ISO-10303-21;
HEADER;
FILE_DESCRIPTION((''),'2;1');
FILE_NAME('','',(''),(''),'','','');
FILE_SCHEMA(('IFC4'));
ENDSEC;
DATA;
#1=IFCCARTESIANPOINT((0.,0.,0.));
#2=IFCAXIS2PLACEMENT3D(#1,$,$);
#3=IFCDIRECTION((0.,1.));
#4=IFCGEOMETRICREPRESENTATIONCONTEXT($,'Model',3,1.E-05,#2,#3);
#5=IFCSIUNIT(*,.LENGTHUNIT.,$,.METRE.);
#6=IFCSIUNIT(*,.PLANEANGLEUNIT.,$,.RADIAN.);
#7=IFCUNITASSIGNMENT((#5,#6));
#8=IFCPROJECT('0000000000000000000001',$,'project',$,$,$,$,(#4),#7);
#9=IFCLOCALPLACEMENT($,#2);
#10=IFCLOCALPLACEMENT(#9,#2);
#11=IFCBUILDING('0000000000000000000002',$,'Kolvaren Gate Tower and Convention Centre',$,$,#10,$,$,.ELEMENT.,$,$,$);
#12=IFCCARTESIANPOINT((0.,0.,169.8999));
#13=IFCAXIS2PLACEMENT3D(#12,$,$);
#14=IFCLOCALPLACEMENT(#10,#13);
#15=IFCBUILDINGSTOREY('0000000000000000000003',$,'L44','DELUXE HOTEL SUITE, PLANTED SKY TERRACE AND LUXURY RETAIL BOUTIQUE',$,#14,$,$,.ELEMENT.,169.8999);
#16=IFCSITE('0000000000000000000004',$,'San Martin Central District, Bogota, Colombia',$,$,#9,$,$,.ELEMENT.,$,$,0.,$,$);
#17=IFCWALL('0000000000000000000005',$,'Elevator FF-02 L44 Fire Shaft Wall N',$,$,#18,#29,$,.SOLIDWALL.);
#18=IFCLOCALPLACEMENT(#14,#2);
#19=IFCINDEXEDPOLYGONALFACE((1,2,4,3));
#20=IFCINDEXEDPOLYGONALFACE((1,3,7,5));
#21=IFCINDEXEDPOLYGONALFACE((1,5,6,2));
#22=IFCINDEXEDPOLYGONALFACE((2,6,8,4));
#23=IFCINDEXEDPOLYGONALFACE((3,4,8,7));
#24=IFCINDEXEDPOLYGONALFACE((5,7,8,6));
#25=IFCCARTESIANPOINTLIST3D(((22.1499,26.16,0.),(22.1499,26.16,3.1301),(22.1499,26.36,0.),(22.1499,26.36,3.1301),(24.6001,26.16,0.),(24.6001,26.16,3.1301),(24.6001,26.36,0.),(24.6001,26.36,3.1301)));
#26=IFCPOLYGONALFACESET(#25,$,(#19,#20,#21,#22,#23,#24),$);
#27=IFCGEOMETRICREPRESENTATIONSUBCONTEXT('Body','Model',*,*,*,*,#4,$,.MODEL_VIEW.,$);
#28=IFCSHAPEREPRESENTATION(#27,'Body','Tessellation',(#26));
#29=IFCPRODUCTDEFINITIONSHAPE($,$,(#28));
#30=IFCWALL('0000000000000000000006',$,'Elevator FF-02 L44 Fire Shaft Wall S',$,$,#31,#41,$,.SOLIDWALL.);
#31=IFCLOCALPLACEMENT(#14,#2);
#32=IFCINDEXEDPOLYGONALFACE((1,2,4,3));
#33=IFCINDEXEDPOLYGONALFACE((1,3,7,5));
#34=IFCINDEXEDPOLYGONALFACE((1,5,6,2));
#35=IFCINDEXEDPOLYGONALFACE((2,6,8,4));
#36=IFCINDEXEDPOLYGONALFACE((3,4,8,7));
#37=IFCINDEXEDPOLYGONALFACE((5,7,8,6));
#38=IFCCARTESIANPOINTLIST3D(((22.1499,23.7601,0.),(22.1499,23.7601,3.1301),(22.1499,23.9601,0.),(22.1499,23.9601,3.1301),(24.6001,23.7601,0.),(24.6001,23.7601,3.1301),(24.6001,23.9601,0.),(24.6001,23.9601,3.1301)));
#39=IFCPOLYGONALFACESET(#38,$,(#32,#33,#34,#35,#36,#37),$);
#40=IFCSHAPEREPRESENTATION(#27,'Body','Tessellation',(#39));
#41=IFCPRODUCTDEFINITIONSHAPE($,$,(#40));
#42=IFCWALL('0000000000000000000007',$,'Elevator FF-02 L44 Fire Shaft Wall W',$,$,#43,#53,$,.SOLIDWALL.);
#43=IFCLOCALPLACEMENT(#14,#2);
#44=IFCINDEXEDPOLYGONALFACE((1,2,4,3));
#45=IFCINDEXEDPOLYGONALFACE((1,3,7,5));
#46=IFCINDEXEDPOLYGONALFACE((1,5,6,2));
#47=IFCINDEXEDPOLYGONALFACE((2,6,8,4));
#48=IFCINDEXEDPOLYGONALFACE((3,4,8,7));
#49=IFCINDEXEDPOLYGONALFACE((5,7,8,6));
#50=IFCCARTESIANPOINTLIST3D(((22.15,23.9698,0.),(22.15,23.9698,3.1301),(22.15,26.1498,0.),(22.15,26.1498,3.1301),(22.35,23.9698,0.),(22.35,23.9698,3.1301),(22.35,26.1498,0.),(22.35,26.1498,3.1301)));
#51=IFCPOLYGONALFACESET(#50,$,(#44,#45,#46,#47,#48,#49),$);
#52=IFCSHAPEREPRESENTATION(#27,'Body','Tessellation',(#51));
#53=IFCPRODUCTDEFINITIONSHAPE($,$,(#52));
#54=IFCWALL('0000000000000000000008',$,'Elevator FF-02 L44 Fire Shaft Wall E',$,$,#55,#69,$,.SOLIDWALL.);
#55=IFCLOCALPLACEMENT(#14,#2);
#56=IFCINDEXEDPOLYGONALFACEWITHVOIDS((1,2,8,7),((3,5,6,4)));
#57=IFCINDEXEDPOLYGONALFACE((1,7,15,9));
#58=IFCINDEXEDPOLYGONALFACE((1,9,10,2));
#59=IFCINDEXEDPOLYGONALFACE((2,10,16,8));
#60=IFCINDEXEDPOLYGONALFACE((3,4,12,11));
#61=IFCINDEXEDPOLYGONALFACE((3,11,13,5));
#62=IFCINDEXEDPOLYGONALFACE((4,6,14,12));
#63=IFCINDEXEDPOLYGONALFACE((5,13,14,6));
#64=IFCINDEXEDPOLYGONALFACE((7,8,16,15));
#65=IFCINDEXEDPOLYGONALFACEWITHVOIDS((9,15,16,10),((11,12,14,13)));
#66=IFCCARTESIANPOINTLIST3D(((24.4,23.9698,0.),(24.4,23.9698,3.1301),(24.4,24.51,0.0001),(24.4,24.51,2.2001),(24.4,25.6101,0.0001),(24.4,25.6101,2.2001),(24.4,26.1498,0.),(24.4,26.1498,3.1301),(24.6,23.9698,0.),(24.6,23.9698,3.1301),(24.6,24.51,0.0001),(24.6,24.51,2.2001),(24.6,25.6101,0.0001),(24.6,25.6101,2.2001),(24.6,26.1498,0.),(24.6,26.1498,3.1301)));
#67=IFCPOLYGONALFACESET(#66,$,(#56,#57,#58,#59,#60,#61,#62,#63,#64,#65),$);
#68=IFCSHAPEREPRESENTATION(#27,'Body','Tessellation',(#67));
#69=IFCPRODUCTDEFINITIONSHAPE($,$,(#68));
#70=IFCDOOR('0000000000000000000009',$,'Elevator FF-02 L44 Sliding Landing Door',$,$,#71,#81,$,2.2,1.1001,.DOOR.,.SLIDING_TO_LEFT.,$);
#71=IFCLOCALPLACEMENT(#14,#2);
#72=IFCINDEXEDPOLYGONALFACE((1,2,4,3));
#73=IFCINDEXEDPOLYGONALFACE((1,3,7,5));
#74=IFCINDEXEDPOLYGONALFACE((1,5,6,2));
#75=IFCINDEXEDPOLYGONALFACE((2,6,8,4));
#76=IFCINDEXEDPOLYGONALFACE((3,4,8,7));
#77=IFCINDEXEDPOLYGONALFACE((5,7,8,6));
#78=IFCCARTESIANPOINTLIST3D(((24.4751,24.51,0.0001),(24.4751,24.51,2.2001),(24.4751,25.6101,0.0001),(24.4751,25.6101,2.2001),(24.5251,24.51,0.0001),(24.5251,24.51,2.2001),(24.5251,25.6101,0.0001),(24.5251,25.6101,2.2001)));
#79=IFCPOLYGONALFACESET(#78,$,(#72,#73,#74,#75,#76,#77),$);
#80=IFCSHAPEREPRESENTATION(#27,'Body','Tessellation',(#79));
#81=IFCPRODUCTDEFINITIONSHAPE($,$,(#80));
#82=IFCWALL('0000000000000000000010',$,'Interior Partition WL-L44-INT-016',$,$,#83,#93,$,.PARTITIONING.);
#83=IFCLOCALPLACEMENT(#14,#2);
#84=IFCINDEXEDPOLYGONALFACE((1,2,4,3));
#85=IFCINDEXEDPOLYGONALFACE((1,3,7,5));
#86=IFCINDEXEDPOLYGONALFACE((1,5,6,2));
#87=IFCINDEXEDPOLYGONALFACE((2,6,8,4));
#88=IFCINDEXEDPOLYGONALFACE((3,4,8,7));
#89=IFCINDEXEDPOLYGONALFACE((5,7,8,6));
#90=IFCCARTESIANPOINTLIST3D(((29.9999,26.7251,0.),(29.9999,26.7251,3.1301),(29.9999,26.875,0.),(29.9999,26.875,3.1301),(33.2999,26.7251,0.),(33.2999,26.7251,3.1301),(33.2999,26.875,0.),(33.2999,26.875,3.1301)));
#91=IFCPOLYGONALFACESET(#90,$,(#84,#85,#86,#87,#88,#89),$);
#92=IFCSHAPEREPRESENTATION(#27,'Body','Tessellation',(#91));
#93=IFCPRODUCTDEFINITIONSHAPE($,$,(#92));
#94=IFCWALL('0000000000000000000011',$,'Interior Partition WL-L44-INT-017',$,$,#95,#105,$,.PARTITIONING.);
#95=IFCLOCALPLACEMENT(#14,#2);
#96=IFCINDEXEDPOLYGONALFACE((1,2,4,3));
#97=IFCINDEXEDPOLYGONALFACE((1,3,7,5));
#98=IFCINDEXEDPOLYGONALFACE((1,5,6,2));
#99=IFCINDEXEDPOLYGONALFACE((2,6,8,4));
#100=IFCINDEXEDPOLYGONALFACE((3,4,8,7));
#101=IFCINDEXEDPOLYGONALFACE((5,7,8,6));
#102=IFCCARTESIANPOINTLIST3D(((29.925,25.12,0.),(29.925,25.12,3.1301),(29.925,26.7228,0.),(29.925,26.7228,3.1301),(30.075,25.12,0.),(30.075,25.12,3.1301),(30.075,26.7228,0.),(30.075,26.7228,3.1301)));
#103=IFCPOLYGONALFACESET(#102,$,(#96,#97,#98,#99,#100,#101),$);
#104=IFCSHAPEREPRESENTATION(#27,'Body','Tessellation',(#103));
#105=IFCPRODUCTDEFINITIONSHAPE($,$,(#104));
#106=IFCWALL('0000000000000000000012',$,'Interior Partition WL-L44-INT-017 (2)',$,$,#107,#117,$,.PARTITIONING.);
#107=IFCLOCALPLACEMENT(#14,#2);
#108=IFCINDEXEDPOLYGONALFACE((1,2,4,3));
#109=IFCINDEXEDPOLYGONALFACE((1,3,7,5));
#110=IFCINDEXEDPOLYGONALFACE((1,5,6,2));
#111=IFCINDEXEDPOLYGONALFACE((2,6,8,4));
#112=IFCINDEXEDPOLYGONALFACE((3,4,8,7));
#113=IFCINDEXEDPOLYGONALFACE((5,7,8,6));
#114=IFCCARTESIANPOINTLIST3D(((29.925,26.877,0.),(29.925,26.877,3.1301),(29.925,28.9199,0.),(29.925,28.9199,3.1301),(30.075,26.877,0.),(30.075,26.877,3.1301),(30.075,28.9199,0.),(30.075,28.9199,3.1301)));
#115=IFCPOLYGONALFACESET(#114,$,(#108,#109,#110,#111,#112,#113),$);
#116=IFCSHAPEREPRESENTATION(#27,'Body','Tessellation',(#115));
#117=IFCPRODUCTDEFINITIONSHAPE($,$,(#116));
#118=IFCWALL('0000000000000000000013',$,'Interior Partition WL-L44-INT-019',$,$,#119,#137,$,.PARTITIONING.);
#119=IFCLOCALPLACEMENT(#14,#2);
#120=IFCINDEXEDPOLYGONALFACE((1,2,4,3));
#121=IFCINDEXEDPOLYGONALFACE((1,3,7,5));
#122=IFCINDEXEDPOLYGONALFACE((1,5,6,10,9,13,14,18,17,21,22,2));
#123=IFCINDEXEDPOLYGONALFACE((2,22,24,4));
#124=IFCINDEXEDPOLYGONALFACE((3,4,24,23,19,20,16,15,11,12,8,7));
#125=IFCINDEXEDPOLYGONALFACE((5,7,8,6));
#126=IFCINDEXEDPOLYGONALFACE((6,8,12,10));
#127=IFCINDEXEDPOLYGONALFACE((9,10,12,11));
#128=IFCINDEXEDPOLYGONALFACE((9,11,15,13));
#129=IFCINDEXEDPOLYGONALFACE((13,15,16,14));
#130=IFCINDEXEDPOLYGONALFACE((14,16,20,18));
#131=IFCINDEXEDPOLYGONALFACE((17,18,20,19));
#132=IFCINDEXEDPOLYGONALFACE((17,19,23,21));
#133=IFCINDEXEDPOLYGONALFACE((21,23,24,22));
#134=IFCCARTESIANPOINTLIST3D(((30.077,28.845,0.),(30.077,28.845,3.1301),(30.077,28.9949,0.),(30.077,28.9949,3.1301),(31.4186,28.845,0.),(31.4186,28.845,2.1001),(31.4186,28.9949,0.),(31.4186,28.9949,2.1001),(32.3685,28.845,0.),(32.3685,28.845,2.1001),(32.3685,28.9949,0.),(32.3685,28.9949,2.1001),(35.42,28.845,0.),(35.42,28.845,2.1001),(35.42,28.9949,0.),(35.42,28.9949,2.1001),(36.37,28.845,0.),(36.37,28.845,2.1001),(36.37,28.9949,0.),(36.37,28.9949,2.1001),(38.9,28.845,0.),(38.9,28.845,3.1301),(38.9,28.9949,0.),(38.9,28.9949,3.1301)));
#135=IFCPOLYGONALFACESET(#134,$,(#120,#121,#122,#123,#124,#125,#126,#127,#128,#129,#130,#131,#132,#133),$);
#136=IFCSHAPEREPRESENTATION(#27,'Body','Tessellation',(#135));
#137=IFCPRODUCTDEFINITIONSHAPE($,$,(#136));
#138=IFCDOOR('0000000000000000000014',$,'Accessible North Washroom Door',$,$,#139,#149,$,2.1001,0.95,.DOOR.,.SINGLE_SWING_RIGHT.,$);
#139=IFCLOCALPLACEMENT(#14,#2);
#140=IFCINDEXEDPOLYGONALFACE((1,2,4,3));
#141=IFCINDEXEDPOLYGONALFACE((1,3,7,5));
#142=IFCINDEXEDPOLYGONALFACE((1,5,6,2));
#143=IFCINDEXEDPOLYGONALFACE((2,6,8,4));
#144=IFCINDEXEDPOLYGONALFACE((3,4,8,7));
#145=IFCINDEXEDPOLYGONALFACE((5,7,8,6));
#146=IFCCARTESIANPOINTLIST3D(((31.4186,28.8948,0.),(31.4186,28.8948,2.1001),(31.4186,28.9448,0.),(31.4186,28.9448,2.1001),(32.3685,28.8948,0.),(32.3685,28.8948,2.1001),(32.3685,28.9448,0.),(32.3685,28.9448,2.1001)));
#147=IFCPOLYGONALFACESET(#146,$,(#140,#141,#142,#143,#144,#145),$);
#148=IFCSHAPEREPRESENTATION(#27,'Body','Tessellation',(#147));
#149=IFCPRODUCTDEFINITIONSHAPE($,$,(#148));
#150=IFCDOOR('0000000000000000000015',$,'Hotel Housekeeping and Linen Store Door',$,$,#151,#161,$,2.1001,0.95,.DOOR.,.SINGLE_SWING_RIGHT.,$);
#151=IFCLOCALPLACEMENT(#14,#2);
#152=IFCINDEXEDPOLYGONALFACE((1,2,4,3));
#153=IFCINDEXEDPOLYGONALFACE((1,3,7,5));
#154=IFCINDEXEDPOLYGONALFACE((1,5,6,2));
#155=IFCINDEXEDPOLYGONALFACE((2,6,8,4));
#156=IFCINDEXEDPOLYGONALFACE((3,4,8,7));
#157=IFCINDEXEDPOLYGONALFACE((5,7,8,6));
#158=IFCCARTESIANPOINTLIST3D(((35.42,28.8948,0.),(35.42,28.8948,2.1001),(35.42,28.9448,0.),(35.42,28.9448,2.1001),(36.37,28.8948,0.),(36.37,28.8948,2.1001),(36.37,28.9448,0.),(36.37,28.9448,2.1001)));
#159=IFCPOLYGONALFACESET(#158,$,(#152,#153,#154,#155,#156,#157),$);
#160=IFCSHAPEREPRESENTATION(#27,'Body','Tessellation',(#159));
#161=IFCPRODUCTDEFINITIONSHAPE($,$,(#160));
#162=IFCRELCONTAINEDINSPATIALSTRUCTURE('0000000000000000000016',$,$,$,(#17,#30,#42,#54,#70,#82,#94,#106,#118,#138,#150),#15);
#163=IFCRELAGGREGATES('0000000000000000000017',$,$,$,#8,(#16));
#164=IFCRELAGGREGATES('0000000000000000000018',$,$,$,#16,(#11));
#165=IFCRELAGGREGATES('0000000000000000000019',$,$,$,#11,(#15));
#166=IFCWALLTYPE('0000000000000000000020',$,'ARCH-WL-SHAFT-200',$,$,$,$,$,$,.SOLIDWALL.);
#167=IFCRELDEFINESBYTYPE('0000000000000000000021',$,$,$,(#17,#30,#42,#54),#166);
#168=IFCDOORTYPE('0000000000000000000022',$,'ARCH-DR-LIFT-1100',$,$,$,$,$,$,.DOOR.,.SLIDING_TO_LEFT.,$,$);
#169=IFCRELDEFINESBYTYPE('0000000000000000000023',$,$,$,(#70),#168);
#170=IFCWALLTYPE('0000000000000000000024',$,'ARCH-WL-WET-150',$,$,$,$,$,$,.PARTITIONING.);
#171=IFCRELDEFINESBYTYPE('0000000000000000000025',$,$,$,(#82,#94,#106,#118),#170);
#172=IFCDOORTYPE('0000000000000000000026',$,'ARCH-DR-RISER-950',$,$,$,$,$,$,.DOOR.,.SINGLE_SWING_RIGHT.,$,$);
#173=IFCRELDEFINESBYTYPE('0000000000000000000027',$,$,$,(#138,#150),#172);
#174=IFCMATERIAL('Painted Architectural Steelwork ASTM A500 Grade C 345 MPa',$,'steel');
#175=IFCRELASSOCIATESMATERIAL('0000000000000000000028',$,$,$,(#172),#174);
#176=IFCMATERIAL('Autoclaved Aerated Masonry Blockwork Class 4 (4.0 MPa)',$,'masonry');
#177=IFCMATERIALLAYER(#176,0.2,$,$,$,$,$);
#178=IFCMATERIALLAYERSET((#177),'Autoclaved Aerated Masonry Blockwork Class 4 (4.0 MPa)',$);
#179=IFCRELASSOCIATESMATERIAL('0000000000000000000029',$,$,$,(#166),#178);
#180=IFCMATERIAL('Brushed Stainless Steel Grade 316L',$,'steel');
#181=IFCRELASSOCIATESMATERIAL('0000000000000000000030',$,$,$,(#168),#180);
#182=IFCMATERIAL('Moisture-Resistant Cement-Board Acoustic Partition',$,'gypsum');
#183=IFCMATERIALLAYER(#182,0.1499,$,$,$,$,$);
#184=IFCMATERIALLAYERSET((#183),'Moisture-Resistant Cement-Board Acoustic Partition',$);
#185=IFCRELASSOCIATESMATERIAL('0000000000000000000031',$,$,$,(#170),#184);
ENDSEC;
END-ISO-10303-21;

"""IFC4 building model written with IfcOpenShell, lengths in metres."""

from ifc_helpers import new_model, si_unit, direction, frame, frame_2d, origin, place, context, subcontext, project, spatial, rectangle, extrude, material, layer, layer_set, type_object, element, fill, save


model = new_model("IFC4")

# Units and contexts
model_context = context("Model", 3, precision=1e-05, world=origin(), true_north=direction((0.0, 1.0)))
body_context = subcontext(model_context, "Body", "Model", "MODEL_VIEW")
ifc_project = project(units=[si_unit("LENGTHUNIT", "METRE"), si_unit("PLANEANGLEUNIT", "RADIAN")], contexts=[model_context])

# Site, building, storey
site_placement = place(None, origin())
site = spatial("IfcSite", under=ifc_project, at=site_placement, Name="San Martin Central District, Bogota, Colombia", CompositionType="ELEMENT", RefElevation=0.0)
building_placement = place(site_placement, origin())
building = spatial("IfcBuilding", under=site, at=building_placement, Name="Kolvaren Gate Tower and Convention Centre", CompositionType="ELEMENT")
storey_placement = place(building_placement, frame((0.0, 0.0, 169.8999)))
storey = spatial("IfcBuildingStorey", under=building, at=storey_placement, Name="L44", Description="DELUXE HOTEL SUITE, PLANTED SKY TERRACE AND LUXURY RETAIL BOUTIQUE", CompositionType="ELEMENT", Elevation=169.8999)

# Shared definitions
ifc_material_1 = material(Name="Autoclaved Aerated Masonry Blockwork Class 4 (4.0 MPa)", Category="masonry")

# Shared definitions
ifc_material_2 = material(Name="Painted Architectural Steelwork ASTM A500 Grade C 345 MPa", Category="steel")
door_type_1 = type_object("IfcDoorType", Name="ARCH-DR-RISER-950", OperationType="SINGLE_SWING_RIGHT", PredefinedType="DOOR", material=ifc_material_2)

# Shared definitions
ifc_layer_1 = layer(ifc_material_1, 0.2)
ifc_layer_set_1 = layer_set([ifc_layer_1], Name="Autoclaved Aerated Masonry Blockwork Class 4 (4.0 MPa)")
wall_type_1 = type_object("IfcWallType", Name="ARCH-WL-SHAFT-200", PredefinedType="SOLIDWALL", material=ifc_layer_set_1)

# Shared definitions
ifc_material_3 = material(Name="Brushed Stainless Steel Grade 316L", Category="steel")
door_type_2 = type_object("IfcDoorType", Name="ARCH-DR-LIFT-1100", OperationType="SLIDING_TO_LEFT", PredefinedType="DOOR", material=ifc_material_3)

# Walls
for number, where, z_axis, x_axis, name in (
    (1, (22.1499, 26.26, 0.0), (0.0, 0.0, 1.0), (1.0, 0.0, 0.0), "Elevator FF-02 L44 Fire Shaft Wall N"),
    (2, (22.1499, 23.8601, 0.0), (0.0, 0.0, 1.0), (1.0, 0.0, 0.0), "Elevator FF-02 L44 Fire Shaft Wall S"),
):
    element("IfcWall", number, at=place(storey_placement, frame(where, z_axis=z_axis, x_axis=x_axis)), inside=storey, type_object=wall_type_1, Name=name, PredefinedType="SOLIDWALL", context=body_context, shape_type="SweptSolid", body=[
        extrude(rectangle(XDim=2.4502, YDim=0.2, at=frame_2d((1.2251, 0.0))), origin(), (0.0, 0.0, 1.0), 3.1301),
    ])
wall_1_placement = place(storey_placement, frame((22.25, 23.97, 0.0), z_axis=(0.0, 0.0, 1.0), x_axis=(0.0, 1.0, 0.0)))
element("IfcWall", 3, at=wall_1_placement, inside=storey, type_object=wall_type_1, Name="Elevator FF-02 L44 Fire Shaft Wall W", PredefinedType="SOLIDWALL", context=body_context, shape_type="SweptSolid", body=[
    extrude(rectangle(XDim=2.1799, YDim=0.2, at=frame_2d((1.0898, 0.0))), origin(), (0.0, 0.0, 1.0), 3.1301),
])

# Wall, opening, door
wall_2_placement = place(storey_placement, frame((24.5, 23.97, 0.0), z_axis=(0.0, 0.0, 1.0), x_axis=(0.0, 1.0, 0.0)))
wall_2 = element("IfcWall", 4, at=wall_2_placement, inside=storey, type_object=wall_type_1, Name="Elevator FF-02 L44 Fire Shaft Wall E", PredefinedType="SOLIDWALL", context=body_context, shape_type="SweptSolid", body=[
    extrude(rectangle(XDim=2.1799, YDim=0.2, at=frame_2d((1.0898, 0.0))), origin(), (0.0, 0.0, 1.0), 3.1301),
])
opening_1_placement = place(wall_2_placement, frame((0.54, 0.0, 0.0)))
opening_1 = element("IfcOpeningElement", 5, at=opening_1_placement, cuts=wall_2, PredefinedType="OPENING", context=body_context, shape_type="SweptSolid", body=[
    extrude(rectangle(XDim=1.1001, YDim=2.2, at=frame_2d((0.55, 1.1001))), frame((0.0, 0.1099, 0.0), z_axis=(0.0, -1.0, 0.0), x_axis=(1.0, 0.0, 0.0)), (0.0, 0.0, 1.0), 0.22),
])
door_1_placement = place(opening_1_placement, origin())
door_1 = element("IfcDoor", 6, at=door_1_placement, inside=storey, type_object=door_type_2, Name="Elevator FF-02 L44 Sliding Landing Door", OperationType="SLIDING_TO_LEFT", OverallHeight=2.2, OverallWidth=1.1001, PredefinedType="DOOR", context=body_context, shape_type="SweptSolid", body=[
    extrude(rectangle(XDim=1.1001, YDim=2.2, at=frame_2d((0.55, 1.1001))), frame((0.0, 0.0249, 0.0), z_axis=(0.0, -1.0, 0.0), x_axis=(1.0, 0.0, 0.0)), (0.0, 0.0, 1.0), 0.05),
])
fill(opening_1, door_1)

# Walls
ifc_material_4 = material(Name="Moisture-Resistant Cement-Board Acoustic Partition", Category="gypsum")
ifc_layer_2 = layer(ifc_material_4, 0.1499)
ifc_layer_set_2 = layer_set([ifc_layer_2], Name="Moisture-Resistant Cement-Board Acoustic Partition")
wall_type_2 = type_object("IfcWallType", Name="ARCH-WL-WET-150", PredefinedType="PARTITIONING", material=ifc_layer_set_2)
wall_3_placement = place(storey_placement, frame((30.0, 26.8, 0.0), z_axis=(0.0, 0.0, 1.0), x_axis=(1.0, 0.0, 0.0)))
element("IfcWall", 7, at=wall_3_placement, inside=storey, type_object=wall_type_2, Name="Interior Partition WL-L44-INT-016", PredefinedType="PARTITIONING", context=body_context, shape_type="SweptSolid", body=[
    extrude(rectangle(XDim=3.3, YDim=0.1499, at=frame_2d((1.6499, 0.0))), origin(), (0.0, 0.0, 1.0), 3.1301),
])
wall_4_placement = place(storey_placement, frame((30.0, 25.1201, 0.0), z_axis=(0.0, 0.0, 1.0), x_axis=(0.0, 1.0, 0.0)))
element("IfcWall", 8, at=wall_4_placement, inside=storey, type_object=wall_type_2, Name="Interior Partition WL-L44-INT-017", PredefinedType="PARTITIONING", context=body_context, shape_type="SweptSolid", body=[
    extrude(rectangle(XDim=1.6028, YDim=0.1499, at=frame_2d((0.8013, 0.0))), origin(), (0.0, 0.0, 1.0), 3.1301),
])
wall_5_placement = place(storey_placement, frame((30.0, 26.877, 0.0), z_axis=(0.0, 0.0, 1.0), x_axis=(0.0, 1.0, 0.0)))
element("IfcWall", 9, at=wall_5_placement, inside=storey, type_object=wall_type_2, Name="Interior Partition WL-L44-INT-017 (2)", PredefinedType="PARTITIONING", context=body_context, shape_type="SweptSolid", body=[
    extrude(rectangle(XDim=2.043, YDim=0.1499, at=frame_2d((1.0215, 0.0))), origin(), (0.0, 0.0, 1.0), 3.1301),
])

# Wall, openings, doors
wall_6_placement = place(storey_placement, frame((30.0769, 28.9199, 0.0), z_axis=(0.0, 0.0, 1.0), x_axis=(1.0, 0.0, 0.0)))
wall_6 = element("IfcWall", 10, at=wall_6_placement, inside=storey, type_object=wall_type_2, Name="Interior Partition WL-L44-INT-019", PredefinedType="PARTITIONING", context=body_context, shape_type="SweptSolid", body=[
    extrude(rectangle(XDim=8.823, YDim=0.1499, at=frame_2d((4.4116, 0.0))), origin(), (0.0, 0.0, 1.0), 3.1301),
])
opening_2_placement = place(wall_6_placement, frame((1.3416, 0.0, 0.0)))
opening_2 = element("IfcOpeningElement", 11, at=opening_2_placement, cuts=wall_6, PredefinedType="OPENING", context=body_context, shape_type="SweptSolid", body=[
    extrude(rectangle(XDim=0.95, YDim=2.1001, at=frame_2d((0.4751, 1.05))), frame((0.0, 0.085, 0.0), z_axis=(0.0, -1.0, 0.0), x_axis=(1.0, 0.0, 0.0)), (0.0, 0.0, 1.0), 0.1699),
])
opening_3_placement = place(wall_6_placement, frame((5.343, 0.0, 0.0)))
opening_3 = element("IfcOpeningElement", 12, at=opening_3_placement, cuts=wall_6, PredefinedType="OPENING", context=body_context, shape_type="SweptSolid", body=[
    extrude(rectangle(XDim=0.95, YDim=2.1001, at=frame_2d((0.4751, 1.05))), frame((0.0, 0.085, 0.0), z_axis=(0.0, -1.0, 0.0), x_axis=(1.0, 0.0, 0.0)), (0.0, 0.0, 1.0), 0.1699),
])
door_2_placement = place(opening_2_placement, origin())
door_2 = element("IfcDoor", 13, at=door_2_placement, inside=storey, type_object=door_type_1, Name="Accessible North Washroom Door", OperationType="SINGLE_SWING_RIGHT", OverallHeight=2.1001, OverallWidth=0.95, PredefinedType="DOOR", context=body_context, shape_type="SweptSolid", body=[
    extrude(rectangle(XDim=0.95, YDim=2.1001, at=frame_2d((0.4751, 1.05))), frame((0.0, 0.0249, 0.0), z_axis=(0.0, -1.0, 0.0), x_axis=(1.0, 0.0, 0.0)), (0.0, 0.0, 1.0), 0.05),
])
fill(opening_2, door_2)
door_3_placement = place(opening_3_placement, origin())
door_3 = element("IfcDoor", 14, at=door_3_placement, inside=storey, type_object=door_type_1, Name="Hotel Housekeeping and Linen Store Door", OperationType="SINGLE_SWING_RIGHT", OverallHeight=2.1001, OverallWidth=0.95, PredefinedType="DOOR", context=body_context, shape_type="SweptSolid", body=[
    extrude(rectangle(XDim=0.95, YDim=2.1001, at=frame_2d((0.4751, 1.05))), frame((0.0, 0.0249, 0.0), z_axis=(0.0, -1.0, 0.0), x_axis=(1.0, 0.0, 0.0)), (0.0, 0.0, 1.0), 0.05),
])
fill(opening_3, door_3)

save(model, "model.ifc")
